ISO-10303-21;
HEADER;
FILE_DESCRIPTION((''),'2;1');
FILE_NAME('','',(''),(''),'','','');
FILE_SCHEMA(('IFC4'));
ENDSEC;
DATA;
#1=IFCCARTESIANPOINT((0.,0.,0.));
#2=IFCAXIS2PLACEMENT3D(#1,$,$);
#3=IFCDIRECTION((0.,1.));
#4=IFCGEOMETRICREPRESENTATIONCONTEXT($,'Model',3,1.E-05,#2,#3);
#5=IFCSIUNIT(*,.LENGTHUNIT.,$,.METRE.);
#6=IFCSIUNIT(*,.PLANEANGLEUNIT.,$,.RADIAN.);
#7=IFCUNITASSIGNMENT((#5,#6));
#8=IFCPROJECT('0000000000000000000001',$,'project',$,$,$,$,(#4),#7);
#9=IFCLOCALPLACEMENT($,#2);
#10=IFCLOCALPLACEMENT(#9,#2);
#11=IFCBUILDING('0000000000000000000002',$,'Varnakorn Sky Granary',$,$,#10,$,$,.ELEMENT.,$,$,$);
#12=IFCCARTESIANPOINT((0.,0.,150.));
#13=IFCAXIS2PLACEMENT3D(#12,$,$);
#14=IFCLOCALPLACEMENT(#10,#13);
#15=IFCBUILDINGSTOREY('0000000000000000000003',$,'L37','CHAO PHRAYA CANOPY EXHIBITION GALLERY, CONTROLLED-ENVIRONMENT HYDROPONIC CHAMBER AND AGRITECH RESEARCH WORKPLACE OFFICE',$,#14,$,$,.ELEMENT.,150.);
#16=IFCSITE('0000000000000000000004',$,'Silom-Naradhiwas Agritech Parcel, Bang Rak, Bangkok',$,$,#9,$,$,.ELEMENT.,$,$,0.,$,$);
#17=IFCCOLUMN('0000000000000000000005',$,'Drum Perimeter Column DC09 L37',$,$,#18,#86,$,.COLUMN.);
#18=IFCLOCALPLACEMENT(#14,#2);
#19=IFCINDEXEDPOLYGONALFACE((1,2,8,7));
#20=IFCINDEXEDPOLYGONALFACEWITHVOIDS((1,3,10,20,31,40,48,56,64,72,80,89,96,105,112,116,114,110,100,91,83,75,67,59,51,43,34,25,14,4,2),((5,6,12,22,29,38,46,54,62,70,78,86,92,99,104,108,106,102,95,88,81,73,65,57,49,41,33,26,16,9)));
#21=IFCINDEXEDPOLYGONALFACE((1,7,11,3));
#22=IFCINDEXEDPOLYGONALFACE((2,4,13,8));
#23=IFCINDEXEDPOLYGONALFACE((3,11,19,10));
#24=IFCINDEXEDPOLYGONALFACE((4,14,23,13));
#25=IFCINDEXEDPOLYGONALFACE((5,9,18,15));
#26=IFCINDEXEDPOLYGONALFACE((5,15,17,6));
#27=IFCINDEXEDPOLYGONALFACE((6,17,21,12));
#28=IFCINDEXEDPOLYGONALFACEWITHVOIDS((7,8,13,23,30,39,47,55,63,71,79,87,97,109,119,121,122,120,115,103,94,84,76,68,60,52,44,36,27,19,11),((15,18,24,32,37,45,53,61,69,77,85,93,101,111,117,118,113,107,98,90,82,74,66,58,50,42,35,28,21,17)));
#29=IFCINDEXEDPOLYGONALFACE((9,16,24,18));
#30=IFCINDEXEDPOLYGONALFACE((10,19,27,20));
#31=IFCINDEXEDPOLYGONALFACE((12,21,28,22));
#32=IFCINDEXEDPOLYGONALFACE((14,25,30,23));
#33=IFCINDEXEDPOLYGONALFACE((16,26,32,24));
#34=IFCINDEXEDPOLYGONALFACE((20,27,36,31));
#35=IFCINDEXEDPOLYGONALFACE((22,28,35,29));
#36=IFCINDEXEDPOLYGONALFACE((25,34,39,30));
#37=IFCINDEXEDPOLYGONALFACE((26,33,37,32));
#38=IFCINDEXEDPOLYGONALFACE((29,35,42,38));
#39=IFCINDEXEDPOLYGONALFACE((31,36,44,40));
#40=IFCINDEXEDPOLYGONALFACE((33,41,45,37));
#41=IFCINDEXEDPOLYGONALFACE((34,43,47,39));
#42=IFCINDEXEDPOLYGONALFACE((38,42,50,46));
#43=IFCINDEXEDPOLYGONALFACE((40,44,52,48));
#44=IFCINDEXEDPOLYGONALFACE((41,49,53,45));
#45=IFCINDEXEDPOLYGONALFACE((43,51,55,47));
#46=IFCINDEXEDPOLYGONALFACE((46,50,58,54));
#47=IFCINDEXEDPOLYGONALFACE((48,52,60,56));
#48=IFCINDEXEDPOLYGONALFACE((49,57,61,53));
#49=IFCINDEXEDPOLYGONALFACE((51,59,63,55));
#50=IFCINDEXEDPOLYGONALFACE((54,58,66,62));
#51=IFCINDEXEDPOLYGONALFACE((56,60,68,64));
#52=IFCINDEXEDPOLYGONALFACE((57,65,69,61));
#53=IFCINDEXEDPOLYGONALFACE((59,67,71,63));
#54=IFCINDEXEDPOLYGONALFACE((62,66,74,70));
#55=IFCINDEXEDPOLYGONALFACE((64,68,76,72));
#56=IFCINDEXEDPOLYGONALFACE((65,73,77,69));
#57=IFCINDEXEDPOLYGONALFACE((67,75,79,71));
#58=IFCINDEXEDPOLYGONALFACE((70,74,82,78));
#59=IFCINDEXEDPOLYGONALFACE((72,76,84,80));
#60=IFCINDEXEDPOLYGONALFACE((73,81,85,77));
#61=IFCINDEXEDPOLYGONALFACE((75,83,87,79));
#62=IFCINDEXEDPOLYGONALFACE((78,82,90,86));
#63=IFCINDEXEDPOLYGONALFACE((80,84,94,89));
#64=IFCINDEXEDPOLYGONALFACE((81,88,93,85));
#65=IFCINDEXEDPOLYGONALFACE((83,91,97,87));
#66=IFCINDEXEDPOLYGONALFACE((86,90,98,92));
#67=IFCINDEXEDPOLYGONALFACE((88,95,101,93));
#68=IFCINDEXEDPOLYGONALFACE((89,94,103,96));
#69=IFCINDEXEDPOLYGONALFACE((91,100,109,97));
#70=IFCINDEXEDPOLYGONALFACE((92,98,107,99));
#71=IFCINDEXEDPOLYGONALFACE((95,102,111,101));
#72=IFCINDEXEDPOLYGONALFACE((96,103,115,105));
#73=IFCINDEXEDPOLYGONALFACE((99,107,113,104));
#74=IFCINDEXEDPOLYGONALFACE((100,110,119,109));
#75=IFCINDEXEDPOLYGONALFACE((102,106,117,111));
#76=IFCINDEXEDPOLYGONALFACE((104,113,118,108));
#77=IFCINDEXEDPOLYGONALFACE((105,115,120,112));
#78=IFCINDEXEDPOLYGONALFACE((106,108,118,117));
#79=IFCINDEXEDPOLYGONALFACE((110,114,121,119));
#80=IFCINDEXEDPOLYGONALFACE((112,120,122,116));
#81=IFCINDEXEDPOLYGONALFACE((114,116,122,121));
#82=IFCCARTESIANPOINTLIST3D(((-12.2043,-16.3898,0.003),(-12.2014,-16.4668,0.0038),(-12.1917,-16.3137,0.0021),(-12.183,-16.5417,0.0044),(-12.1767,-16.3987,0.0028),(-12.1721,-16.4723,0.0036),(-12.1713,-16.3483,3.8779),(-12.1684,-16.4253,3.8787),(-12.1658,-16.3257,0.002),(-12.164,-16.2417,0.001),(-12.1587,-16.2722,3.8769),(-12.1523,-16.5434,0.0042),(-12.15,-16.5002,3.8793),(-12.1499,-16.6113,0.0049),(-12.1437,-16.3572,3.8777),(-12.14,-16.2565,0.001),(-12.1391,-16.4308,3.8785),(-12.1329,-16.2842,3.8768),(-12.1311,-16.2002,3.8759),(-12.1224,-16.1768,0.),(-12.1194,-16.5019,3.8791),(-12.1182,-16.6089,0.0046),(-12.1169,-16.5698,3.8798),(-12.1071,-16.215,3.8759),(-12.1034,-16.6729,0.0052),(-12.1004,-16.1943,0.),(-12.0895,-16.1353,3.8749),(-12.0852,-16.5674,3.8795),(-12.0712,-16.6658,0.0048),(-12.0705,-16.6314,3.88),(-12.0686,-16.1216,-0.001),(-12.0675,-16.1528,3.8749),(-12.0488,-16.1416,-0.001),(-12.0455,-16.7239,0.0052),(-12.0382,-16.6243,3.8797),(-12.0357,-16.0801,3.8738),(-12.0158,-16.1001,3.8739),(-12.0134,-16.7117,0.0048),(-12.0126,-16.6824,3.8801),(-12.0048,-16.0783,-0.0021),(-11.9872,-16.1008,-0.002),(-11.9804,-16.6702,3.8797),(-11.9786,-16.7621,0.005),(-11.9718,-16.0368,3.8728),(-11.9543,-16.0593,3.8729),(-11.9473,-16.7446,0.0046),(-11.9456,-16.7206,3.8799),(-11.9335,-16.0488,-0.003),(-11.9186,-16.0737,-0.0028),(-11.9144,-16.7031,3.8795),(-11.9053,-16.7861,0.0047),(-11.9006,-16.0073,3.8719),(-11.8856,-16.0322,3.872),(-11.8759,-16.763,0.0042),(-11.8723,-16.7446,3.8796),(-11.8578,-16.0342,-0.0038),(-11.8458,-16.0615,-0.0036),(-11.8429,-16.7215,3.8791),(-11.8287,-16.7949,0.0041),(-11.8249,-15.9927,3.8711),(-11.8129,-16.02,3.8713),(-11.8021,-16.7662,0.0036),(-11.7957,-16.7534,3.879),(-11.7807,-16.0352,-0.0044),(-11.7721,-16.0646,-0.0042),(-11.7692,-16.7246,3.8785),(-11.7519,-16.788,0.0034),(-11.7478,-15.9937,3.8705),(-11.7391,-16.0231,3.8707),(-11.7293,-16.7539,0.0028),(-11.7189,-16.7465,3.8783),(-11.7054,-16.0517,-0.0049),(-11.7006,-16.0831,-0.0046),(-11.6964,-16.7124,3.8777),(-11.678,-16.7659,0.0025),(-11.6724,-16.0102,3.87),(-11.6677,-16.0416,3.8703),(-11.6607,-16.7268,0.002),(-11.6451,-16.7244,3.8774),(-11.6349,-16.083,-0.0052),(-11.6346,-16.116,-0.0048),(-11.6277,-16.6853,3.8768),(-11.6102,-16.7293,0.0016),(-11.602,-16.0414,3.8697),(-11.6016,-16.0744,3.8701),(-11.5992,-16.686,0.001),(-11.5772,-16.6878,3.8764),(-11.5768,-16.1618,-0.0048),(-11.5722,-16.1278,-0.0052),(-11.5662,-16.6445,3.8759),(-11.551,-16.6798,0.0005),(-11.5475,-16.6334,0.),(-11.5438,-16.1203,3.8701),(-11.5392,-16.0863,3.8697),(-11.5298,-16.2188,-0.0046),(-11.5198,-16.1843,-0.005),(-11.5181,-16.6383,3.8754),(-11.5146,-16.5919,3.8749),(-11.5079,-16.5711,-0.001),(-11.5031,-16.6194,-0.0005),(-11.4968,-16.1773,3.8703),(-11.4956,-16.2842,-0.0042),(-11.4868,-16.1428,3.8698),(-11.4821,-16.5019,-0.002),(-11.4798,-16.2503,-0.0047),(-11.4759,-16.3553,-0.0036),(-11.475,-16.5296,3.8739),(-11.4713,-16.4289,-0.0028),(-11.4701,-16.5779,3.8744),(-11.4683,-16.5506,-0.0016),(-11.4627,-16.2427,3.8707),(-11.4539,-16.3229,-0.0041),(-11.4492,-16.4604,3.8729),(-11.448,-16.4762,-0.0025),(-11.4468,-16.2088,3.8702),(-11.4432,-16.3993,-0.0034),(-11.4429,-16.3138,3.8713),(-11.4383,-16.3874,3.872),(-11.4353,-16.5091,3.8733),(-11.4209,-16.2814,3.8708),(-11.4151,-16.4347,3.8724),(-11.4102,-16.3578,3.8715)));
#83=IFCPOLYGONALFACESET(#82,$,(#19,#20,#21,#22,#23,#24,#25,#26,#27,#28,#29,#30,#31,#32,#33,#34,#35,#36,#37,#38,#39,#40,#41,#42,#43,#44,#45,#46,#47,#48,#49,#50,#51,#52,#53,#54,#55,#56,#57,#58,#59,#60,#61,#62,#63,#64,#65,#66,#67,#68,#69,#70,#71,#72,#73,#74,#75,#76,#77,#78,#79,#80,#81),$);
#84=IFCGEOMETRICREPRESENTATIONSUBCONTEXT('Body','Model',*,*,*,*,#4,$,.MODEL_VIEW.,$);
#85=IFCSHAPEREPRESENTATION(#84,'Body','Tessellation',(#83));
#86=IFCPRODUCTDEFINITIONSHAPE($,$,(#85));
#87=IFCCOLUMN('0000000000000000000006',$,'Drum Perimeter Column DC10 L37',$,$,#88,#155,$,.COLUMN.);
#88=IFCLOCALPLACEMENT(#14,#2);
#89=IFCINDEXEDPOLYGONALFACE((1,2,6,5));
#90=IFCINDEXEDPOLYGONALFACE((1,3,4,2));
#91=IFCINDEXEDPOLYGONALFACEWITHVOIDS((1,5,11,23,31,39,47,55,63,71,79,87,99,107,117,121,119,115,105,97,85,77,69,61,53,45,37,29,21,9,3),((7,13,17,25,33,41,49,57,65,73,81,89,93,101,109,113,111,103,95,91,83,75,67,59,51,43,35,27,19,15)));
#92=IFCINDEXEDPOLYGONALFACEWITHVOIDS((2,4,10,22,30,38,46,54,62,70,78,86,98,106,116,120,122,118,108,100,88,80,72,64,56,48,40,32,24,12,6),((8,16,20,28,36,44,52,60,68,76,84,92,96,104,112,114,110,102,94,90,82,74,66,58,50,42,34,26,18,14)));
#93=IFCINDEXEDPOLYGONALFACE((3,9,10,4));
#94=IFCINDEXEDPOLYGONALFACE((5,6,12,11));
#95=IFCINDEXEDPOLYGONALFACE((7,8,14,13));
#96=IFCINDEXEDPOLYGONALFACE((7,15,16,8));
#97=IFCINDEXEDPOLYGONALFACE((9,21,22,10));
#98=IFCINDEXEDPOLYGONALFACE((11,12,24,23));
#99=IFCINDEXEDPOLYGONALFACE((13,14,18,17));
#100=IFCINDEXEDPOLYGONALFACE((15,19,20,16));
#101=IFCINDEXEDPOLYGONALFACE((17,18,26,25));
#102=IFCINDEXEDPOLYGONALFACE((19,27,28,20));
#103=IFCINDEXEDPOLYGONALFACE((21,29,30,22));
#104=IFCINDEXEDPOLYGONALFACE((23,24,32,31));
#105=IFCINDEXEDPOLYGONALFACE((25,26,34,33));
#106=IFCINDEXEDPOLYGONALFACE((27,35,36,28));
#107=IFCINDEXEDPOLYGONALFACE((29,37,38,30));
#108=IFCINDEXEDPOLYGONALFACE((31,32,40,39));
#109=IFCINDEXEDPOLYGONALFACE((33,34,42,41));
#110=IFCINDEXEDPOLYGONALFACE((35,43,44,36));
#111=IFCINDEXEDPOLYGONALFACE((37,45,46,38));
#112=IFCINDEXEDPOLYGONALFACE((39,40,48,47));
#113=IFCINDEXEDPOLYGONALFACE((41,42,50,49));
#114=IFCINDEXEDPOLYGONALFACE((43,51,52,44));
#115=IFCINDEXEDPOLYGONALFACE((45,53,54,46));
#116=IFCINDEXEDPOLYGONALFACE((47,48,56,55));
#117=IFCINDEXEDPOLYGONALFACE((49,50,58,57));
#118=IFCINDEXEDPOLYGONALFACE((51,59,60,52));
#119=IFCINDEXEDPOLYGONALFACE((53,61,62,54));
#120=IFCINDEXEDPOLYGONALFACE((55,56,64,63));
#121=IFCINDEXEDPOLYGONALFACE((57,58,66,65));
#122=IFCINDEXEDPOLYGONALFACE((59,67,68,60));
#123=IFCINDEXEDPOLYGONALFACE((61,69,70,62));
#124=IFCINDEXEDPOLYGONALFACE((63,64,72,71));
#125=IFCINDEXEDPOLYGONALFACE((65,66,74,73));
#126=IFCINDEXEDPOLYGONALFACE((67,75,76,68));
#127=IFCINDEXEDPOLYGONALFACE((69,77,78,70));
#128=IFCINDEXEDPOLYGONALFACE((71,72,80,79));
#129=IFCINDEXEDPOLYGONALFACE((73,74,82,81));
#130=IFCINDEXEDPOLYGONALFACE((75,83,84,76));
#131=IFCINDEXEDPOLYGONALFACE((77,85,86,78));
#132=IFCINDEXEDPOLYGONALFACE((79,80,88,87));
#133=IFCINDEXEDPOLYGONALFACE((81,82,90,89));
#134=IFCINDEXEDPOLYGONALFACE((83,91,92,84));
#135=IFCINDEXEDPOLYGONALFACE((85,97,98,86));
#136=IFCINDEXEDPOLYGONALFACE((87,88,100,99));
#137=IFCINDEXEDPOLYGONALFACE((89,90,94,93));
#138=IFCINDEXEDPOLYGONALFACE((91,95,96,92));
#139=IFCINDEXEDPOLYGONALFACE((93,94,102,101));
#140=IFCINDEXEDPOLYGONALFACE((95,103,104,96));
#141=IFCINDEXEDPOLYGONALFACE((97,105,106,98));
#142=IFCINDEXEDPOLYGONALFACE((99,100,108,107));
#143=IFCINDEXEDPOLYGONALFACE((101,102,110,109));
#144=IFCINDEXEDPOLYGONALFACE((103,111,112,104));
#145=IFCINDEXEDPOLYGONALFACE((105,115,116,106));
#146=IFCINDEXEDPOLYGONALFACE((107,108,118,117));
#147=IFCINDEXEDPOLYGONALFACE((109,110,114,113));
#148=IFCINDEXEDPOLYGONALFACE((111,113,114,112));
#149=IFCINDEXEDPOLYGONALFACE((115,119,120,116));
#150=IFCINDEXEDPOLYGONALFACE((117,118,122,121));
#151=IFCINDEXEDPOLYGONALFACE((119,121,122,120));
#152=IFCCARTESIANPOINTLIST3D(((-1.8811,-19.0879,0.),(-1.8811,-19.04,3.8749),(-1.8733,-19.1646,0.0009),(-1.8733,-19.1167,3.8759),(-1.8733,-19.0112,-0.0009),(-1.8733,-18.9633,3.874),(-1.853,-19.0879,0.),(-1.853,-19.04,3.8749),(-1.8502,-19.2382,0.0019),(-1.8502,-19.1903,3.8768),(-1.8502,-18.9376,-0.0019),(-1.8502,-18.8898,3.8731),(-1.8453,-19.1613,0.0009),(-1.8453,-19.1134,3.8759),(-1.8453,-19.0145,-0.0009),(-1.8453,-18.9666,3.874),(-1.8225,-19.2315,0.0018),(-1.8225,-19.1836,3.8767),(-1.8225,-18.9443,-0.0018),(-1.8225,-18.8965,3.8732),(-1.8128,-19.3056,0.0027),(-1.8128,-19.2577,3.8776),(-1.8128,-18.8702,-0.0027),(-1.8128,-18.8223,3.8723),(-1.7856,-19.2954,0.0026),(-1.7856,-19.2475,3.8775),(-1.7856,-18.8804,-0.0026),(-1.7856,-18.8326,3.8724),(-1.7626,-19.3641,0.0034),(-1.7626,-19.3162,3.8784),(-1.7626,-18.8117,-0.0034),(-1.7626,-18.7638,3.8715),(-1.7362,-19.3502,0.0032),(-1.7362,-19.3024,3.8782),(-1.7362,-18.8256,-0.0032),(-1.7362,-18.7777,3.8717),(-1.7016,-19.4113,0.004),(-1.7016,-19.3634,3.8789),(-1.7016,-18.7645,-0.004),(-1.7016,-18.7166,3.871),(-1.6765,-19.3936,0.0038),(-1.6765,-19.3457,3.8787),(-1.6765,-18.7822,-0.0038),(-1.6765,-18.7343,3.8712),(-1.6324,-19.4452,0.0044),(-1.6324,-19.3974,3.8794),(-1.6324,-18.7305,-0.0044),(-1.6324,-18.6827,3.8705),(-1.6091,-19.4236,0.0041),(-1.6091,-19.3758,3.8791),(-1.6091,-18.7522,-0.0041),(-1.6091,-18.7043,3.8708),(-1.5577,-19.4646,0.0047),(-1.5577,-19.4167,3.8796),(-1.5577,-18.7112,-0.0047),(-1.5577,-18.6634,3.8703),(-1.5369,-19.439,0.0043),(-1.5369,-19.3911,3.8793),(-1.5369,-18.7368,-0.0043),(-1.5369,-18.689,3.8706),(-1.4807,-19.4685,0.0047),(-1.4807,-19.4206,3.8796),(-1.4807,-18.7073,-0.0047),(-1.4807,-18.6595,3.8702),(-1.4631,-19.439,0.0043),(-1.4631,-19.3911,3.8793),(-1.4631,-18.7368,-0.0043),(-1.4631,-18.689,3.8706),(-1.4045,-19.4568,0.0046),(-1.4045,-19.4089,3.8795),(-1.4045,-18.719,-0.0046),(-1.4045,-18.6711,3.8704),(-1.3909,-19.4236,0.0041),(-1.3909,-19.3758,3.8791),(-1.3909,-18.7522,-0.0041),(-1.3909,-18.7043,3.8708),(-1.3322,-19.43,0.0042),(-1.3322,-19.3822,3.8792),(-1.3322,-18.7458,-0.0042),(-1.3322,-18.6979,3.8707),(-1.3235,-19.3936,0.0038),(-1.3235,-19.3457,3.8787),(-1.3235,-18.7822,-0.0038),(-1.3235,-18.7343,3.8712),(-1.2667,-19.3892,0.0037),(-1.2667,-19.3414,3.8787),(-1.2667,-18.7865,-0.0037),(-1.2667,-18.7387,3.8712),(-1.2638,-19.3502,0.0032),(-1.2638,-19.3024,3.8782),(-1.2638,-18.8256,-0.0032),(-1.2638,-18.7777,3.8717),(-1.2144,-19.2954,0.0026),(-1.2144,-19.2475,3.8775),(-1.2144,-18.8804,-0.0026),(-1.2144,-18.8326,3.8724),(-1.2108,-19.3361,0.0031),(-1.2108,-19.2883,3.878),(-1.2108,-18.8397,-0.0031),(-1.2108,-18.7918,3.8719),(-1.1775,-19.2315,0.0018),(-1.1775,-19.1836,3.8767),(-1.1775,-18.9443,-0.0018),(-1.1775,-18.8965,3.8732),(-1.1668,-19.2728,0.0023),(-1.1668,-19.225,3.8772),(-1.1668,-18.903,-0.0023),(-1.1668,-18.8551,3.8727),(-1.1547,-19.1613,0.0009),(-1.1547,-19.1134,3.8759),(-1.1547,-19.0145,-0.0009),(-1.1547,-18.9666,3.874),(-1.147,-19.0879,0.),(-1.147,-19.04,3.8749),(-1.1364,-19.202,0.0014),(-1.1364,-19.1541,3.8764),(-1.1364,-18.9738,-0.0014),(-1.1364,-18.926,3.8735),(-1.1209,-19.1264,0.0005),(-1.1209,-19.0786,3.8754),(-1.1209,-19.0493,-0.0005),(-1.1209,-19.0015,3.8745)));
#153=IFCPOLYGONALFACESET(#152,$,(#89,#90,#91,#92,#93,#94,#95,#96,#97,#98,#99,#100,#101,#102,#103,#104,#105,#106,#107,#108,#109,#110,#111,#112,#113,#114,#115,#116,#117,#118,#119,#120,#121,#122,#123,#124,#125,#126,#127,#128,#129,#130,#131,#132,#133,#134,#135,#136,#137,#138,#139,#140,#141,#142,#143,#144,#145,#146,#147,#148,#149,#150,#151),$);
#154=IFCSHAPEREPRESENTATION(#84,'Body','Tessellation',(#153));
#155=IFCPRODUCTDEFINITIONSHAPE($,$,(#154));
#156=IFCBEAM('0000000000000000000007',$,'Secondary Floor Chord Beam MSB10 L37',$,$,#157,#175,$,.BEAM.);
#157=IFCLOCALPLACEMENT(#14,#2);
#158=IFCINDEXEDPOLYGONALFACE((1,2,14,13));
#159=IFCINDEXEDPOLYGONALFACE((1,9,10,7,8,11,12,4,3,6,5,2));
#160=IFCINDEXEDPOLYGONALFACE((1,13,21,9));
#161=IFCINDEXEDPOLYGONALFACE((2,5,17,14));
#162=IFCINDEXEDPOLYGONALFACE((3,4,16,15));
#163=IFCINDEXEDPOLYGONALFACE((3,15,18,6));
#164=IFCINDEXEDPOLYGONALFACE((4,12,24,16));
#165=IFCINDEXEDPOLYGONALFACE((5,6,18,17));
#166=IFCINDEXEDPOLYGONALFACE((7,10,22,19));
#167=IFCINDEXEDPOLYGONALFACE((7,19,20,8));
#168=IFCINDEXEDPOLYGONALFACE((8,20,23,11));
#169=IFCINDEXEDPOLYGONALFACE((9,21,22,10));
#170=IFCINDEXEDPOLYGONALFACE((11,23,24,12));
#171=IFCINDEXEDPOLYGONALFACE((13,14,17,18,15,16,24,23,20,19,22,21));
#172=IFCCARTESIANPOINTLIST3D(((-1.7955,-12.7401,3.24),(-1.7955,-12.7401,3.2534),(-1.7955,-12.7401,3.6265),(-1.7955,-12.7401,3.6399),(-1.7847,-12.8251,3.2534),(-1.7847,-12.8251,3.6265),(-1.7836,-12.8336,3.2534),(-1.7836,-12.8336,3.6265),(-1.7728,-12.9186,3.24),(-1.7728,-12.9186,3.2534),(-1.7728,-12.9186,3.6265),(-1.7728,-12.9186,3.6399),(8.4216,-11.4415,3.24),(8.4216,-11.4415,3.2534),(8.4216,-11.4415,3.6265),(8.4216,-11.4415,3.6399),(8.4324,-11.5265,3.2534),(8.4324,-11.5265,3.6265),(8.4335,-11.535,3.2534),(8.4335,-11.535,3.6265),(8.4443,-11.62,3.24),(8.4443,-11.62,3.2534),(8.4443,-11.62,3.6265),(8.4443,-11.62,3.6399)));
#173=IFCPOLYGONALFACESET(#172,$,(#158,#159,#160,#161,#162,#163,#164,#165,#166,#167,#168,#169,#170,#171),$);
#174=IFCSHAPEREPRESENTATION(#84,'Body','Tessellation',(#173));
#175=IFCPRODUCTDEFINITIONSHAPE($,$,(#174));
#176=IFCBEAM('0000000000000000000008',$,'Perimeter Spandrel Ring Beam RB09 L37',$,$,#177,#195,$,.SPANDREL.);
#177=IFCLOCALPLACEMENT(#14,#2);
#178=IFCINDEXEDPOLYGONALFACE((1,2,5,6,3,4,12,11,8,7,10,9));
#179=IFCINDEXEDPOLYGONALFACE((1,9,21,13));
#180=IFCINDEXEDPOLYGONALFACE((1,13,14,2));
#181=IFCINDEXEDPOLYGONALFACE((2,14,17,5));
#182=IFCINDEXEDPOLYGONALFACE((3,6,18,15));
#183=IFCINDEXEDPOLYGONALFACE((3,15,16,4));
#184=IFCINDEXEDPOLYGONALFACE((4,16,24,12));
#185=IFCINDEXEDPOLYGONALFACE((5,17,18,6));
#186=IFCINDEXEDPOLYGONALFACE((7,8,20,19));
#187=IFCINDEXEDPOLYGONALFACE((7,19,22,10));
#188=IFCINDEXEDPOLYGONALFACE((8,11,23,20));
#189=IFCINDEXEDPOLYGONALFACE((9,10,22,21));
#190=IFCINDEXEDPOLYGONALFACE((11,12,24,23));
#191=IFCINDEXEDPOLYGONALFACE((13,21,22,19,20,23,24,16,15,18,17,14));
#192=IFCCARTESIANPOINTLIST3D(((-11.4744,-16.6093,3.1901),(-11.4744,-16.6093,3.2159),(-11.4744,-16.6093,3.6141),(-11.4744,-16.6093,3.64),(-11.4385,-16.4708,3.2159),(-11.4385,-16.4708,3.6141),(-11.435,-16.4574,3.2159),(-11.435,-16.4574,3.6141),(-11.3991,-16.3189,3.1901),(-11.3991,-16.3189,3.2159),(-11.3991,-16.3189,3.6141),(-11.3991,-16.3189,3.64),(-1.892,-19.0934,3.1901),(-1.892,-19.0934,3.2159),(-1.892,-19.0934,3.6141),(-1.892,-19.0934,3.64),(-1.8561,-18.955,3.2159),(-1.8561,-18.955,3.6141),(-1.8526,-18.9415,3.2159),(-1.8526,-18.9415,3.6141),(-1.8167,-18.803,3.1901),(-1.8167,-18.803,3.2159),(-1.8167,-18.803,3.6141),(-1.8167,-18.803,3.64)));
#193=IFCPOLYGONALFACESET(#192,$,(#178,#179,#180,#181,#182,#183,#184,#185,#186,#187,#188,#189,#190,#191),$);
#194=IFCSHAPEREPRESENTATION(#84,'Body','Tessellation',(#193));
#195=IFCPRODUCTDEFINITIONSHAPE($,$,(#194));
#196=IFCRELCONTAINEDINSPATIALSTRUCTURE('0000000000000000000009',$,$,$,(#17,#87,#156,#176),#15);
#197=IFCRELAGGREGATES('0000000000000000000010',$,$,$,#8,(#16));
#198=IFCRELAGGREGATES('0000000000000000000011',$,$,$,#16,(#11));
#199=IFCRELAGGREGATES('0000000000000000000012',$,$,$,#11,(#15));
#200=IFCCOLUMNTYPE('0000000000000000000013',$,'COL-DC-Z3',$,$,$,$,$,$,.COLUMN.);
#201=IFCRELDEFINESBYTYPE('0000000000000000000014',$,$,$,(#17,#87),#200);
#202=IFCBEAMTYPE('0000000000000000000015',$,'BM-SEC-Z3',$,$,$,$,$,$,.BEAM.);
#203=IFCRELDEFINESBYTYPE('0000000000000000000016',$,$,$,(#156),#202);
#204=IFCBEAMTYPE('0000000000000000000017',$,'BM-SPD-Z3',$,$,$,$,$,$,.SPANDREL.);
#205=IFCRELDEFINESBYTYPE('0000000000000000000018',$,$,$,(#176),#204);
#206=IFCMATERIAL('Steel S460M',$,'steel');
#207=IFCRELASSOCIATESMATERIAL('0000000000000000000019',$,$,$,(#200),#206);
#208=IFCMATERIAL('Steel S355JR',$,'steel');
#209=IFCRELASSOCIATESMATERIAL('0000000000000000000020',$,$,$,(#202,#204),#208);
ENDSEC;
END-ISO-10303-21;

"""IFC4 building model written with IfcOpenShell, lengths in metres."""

from ifc_helpers import new_model, si_unit, direction, frame, origin, origin_2d, place, context, subcontext, project, spatial, hollow_circle, i_section, extrude, material, material_profile, profile_set, type_object, element, save


model = new_model("IFC4")

# Units and contexts
model_context = context("Model", 3, precision=1e-05, world=origin(), true_north=direction((0.0, 1.0)))
body_context = subcontext(model_context, "Body", "Model", "MODEL_VIEW")
ifc_project = project(units=[si_unit("LENGTHUNIT", "METRE"), si_unit("PLANEANGLEUNIT", "RADIAN")], contexts=[model_context])

# Site, building, storey
site_placement = place(None, origin())
site = spatial("IfcSite", under=ifc_project, at=site_placement, Name="Silom-Naradhiwas Agritech Parcel, Bang Rak, Bangkok", CompositionType="ELEMENT", RefElevation=0.0)
building_placement = place(site_placement, origin())
building = spatial("IfcBuilding", under=site, at=building_placement, Name="Varnakorn Sky Granary", CompositionType="ELEMENT")
storey_placement = place(building_placement, frame((0.0, 0.0, 150.0)))
storey = spatial("IfcBuildingStorey", under=building, at=storey_placement, Name="L37", Description="CHAO PHRAYA CANOPY EXHIBITION GALLERY, CONTROLLED-ENVIRONMENT HYDROPONIC CHAMBER AND AGRITECH RESEARCH WORKPLACE OFFICE", CompositionType="ELEMENT", Elevation=150.0)

# Columns
ifc_material_1 = material(Name="Steel S460M", Category="steel")
ifc_material_profile_1 = material_profile(ifc_material_1, hollow_circle(Radius=0.3811, WallThickness=0.0281, at=origin_2d()), Name="CHS 762x28")
ifc_profile_set_1 = profile_set([ifc_material_profile_1], Name="Steel S460M")
column_type = type_object("IfcColumnType", Name="COL-DC-Z3", PredefinedType="COLUMN", material=ifc_profile_set_1)
for number, where, z_axis, x_axis, name in (
    (1, (-11.824, -16.4138, 0.0), (0.008505, 0.01071, 0.999906), (-0.783111, 0.621882, 0.0), "Drum Perimeter Column DC09 L37"),
    (2, (-1.5, -19.0879, 0.0), (0.0, 0.012348, 0.999924), (-1.0, 0.0, 0.0), "Drum Perimeter Column DC10 L37"),
):
    element("IfcColumn", number, at=place(storey_placement, frame(where, z_axis=z_axis, x_axis=x_axis)), inside=storey, type_object=column_type, Name=name, PredefinedType="COLUMN", context=body_context, shape_type="SweptSolid", body=[
        extrude(hollow_circle(Radius=0.3811, WallThickness=0.0281, at=origin_2d()), origin(), (0.0, 0.0, 1.0), 3.8752),
    ])

# Beams
ifc_material_2 = material(Name="Steel S355JR", Category="steel")
ifc_material_profile_2 = material_profile(ifc_material_2, i_section(OverallWidth=0.1799, OverallDepth=0.3999, WebThickness=0.0085, FlangeThickness=0.0134, at=origin_2d()), Name="IPE 400")
ifc_profile_set_2 = profile_set([ifc_material_profile_2], Name="Steel S355JR")
beam_type_1 = type_object("IfcBeamType", Name="BM-SEC-Z3", PredefinedType="BEAM", material=ifc_profile_set_2)
beam_placement = place(storey_placement, frame((-1.7842, -12.8293, 3.4399), z_axis=(0.992019, 0.126085, 0.0), x_axis=(-0.126085, 0.992019, 0.0)))
element("IfcBeam", 3, at=beam_placement, inside=storey, type_object=beam_type_1, Name="Secondary Floor Chord Beam MSB10 L37", PredefinedType="BEAM", context=body_context, shape_type="SweptSolid", body=[
    extrude(i_section(OverallWidth=0.1799, OverallDepth=0.3999, WebThickness=0.0085, FlangeThickness=0.0134, at=origin_2d()), origin(), (0.0, 0.0, 1.0), 10.2993),
])
ifc_material_profile_3 = material_profile(ifc_material_2, i_section(OverallWidth=0.3, OverallDepth=0.45, WebThickness=0.0139, FlangeThickness=0.0259, at=origin_2d()), Name="HE 450 B")
ifc_profile_set_3 = profile_set([ifc_material_profile_3], Name="Steel S355JR")
beam_type_2 = type_object("IfcBeamType", Name="BM-SPD-Z3", PredefinedType="SPANDREL", material=ifc_profile_set_3)
for number, where, z_axis, x_axis, name in (
    (4, (-11.4368, -16.4641, 3.415), (0.968002, -0.250941, 0.0), (0.250941, 0.968002, 0.0), "Perimeter Spandrel Ring Beam RB09 L37"),
):
    element("IfcBeam", number, at=place(storey_placement, frame(where, z_axis=z_axis, x_axis=x_axis)), inside=storey, type_object=beam_type_2, Name=name, PredefinedType="SPANDREL", context=body_context, shape_type="SweptSolid", body=[
        extrude(i_section(OverallWidth=0.3, OverallDepth=0.45, WebThickness=0.0139, FlangeThickness=0.0259, at=origin_2d()), origin(), (0.0, 0.0, 1.0), 9.8992),
    ])

save(model, "model.ifc")
